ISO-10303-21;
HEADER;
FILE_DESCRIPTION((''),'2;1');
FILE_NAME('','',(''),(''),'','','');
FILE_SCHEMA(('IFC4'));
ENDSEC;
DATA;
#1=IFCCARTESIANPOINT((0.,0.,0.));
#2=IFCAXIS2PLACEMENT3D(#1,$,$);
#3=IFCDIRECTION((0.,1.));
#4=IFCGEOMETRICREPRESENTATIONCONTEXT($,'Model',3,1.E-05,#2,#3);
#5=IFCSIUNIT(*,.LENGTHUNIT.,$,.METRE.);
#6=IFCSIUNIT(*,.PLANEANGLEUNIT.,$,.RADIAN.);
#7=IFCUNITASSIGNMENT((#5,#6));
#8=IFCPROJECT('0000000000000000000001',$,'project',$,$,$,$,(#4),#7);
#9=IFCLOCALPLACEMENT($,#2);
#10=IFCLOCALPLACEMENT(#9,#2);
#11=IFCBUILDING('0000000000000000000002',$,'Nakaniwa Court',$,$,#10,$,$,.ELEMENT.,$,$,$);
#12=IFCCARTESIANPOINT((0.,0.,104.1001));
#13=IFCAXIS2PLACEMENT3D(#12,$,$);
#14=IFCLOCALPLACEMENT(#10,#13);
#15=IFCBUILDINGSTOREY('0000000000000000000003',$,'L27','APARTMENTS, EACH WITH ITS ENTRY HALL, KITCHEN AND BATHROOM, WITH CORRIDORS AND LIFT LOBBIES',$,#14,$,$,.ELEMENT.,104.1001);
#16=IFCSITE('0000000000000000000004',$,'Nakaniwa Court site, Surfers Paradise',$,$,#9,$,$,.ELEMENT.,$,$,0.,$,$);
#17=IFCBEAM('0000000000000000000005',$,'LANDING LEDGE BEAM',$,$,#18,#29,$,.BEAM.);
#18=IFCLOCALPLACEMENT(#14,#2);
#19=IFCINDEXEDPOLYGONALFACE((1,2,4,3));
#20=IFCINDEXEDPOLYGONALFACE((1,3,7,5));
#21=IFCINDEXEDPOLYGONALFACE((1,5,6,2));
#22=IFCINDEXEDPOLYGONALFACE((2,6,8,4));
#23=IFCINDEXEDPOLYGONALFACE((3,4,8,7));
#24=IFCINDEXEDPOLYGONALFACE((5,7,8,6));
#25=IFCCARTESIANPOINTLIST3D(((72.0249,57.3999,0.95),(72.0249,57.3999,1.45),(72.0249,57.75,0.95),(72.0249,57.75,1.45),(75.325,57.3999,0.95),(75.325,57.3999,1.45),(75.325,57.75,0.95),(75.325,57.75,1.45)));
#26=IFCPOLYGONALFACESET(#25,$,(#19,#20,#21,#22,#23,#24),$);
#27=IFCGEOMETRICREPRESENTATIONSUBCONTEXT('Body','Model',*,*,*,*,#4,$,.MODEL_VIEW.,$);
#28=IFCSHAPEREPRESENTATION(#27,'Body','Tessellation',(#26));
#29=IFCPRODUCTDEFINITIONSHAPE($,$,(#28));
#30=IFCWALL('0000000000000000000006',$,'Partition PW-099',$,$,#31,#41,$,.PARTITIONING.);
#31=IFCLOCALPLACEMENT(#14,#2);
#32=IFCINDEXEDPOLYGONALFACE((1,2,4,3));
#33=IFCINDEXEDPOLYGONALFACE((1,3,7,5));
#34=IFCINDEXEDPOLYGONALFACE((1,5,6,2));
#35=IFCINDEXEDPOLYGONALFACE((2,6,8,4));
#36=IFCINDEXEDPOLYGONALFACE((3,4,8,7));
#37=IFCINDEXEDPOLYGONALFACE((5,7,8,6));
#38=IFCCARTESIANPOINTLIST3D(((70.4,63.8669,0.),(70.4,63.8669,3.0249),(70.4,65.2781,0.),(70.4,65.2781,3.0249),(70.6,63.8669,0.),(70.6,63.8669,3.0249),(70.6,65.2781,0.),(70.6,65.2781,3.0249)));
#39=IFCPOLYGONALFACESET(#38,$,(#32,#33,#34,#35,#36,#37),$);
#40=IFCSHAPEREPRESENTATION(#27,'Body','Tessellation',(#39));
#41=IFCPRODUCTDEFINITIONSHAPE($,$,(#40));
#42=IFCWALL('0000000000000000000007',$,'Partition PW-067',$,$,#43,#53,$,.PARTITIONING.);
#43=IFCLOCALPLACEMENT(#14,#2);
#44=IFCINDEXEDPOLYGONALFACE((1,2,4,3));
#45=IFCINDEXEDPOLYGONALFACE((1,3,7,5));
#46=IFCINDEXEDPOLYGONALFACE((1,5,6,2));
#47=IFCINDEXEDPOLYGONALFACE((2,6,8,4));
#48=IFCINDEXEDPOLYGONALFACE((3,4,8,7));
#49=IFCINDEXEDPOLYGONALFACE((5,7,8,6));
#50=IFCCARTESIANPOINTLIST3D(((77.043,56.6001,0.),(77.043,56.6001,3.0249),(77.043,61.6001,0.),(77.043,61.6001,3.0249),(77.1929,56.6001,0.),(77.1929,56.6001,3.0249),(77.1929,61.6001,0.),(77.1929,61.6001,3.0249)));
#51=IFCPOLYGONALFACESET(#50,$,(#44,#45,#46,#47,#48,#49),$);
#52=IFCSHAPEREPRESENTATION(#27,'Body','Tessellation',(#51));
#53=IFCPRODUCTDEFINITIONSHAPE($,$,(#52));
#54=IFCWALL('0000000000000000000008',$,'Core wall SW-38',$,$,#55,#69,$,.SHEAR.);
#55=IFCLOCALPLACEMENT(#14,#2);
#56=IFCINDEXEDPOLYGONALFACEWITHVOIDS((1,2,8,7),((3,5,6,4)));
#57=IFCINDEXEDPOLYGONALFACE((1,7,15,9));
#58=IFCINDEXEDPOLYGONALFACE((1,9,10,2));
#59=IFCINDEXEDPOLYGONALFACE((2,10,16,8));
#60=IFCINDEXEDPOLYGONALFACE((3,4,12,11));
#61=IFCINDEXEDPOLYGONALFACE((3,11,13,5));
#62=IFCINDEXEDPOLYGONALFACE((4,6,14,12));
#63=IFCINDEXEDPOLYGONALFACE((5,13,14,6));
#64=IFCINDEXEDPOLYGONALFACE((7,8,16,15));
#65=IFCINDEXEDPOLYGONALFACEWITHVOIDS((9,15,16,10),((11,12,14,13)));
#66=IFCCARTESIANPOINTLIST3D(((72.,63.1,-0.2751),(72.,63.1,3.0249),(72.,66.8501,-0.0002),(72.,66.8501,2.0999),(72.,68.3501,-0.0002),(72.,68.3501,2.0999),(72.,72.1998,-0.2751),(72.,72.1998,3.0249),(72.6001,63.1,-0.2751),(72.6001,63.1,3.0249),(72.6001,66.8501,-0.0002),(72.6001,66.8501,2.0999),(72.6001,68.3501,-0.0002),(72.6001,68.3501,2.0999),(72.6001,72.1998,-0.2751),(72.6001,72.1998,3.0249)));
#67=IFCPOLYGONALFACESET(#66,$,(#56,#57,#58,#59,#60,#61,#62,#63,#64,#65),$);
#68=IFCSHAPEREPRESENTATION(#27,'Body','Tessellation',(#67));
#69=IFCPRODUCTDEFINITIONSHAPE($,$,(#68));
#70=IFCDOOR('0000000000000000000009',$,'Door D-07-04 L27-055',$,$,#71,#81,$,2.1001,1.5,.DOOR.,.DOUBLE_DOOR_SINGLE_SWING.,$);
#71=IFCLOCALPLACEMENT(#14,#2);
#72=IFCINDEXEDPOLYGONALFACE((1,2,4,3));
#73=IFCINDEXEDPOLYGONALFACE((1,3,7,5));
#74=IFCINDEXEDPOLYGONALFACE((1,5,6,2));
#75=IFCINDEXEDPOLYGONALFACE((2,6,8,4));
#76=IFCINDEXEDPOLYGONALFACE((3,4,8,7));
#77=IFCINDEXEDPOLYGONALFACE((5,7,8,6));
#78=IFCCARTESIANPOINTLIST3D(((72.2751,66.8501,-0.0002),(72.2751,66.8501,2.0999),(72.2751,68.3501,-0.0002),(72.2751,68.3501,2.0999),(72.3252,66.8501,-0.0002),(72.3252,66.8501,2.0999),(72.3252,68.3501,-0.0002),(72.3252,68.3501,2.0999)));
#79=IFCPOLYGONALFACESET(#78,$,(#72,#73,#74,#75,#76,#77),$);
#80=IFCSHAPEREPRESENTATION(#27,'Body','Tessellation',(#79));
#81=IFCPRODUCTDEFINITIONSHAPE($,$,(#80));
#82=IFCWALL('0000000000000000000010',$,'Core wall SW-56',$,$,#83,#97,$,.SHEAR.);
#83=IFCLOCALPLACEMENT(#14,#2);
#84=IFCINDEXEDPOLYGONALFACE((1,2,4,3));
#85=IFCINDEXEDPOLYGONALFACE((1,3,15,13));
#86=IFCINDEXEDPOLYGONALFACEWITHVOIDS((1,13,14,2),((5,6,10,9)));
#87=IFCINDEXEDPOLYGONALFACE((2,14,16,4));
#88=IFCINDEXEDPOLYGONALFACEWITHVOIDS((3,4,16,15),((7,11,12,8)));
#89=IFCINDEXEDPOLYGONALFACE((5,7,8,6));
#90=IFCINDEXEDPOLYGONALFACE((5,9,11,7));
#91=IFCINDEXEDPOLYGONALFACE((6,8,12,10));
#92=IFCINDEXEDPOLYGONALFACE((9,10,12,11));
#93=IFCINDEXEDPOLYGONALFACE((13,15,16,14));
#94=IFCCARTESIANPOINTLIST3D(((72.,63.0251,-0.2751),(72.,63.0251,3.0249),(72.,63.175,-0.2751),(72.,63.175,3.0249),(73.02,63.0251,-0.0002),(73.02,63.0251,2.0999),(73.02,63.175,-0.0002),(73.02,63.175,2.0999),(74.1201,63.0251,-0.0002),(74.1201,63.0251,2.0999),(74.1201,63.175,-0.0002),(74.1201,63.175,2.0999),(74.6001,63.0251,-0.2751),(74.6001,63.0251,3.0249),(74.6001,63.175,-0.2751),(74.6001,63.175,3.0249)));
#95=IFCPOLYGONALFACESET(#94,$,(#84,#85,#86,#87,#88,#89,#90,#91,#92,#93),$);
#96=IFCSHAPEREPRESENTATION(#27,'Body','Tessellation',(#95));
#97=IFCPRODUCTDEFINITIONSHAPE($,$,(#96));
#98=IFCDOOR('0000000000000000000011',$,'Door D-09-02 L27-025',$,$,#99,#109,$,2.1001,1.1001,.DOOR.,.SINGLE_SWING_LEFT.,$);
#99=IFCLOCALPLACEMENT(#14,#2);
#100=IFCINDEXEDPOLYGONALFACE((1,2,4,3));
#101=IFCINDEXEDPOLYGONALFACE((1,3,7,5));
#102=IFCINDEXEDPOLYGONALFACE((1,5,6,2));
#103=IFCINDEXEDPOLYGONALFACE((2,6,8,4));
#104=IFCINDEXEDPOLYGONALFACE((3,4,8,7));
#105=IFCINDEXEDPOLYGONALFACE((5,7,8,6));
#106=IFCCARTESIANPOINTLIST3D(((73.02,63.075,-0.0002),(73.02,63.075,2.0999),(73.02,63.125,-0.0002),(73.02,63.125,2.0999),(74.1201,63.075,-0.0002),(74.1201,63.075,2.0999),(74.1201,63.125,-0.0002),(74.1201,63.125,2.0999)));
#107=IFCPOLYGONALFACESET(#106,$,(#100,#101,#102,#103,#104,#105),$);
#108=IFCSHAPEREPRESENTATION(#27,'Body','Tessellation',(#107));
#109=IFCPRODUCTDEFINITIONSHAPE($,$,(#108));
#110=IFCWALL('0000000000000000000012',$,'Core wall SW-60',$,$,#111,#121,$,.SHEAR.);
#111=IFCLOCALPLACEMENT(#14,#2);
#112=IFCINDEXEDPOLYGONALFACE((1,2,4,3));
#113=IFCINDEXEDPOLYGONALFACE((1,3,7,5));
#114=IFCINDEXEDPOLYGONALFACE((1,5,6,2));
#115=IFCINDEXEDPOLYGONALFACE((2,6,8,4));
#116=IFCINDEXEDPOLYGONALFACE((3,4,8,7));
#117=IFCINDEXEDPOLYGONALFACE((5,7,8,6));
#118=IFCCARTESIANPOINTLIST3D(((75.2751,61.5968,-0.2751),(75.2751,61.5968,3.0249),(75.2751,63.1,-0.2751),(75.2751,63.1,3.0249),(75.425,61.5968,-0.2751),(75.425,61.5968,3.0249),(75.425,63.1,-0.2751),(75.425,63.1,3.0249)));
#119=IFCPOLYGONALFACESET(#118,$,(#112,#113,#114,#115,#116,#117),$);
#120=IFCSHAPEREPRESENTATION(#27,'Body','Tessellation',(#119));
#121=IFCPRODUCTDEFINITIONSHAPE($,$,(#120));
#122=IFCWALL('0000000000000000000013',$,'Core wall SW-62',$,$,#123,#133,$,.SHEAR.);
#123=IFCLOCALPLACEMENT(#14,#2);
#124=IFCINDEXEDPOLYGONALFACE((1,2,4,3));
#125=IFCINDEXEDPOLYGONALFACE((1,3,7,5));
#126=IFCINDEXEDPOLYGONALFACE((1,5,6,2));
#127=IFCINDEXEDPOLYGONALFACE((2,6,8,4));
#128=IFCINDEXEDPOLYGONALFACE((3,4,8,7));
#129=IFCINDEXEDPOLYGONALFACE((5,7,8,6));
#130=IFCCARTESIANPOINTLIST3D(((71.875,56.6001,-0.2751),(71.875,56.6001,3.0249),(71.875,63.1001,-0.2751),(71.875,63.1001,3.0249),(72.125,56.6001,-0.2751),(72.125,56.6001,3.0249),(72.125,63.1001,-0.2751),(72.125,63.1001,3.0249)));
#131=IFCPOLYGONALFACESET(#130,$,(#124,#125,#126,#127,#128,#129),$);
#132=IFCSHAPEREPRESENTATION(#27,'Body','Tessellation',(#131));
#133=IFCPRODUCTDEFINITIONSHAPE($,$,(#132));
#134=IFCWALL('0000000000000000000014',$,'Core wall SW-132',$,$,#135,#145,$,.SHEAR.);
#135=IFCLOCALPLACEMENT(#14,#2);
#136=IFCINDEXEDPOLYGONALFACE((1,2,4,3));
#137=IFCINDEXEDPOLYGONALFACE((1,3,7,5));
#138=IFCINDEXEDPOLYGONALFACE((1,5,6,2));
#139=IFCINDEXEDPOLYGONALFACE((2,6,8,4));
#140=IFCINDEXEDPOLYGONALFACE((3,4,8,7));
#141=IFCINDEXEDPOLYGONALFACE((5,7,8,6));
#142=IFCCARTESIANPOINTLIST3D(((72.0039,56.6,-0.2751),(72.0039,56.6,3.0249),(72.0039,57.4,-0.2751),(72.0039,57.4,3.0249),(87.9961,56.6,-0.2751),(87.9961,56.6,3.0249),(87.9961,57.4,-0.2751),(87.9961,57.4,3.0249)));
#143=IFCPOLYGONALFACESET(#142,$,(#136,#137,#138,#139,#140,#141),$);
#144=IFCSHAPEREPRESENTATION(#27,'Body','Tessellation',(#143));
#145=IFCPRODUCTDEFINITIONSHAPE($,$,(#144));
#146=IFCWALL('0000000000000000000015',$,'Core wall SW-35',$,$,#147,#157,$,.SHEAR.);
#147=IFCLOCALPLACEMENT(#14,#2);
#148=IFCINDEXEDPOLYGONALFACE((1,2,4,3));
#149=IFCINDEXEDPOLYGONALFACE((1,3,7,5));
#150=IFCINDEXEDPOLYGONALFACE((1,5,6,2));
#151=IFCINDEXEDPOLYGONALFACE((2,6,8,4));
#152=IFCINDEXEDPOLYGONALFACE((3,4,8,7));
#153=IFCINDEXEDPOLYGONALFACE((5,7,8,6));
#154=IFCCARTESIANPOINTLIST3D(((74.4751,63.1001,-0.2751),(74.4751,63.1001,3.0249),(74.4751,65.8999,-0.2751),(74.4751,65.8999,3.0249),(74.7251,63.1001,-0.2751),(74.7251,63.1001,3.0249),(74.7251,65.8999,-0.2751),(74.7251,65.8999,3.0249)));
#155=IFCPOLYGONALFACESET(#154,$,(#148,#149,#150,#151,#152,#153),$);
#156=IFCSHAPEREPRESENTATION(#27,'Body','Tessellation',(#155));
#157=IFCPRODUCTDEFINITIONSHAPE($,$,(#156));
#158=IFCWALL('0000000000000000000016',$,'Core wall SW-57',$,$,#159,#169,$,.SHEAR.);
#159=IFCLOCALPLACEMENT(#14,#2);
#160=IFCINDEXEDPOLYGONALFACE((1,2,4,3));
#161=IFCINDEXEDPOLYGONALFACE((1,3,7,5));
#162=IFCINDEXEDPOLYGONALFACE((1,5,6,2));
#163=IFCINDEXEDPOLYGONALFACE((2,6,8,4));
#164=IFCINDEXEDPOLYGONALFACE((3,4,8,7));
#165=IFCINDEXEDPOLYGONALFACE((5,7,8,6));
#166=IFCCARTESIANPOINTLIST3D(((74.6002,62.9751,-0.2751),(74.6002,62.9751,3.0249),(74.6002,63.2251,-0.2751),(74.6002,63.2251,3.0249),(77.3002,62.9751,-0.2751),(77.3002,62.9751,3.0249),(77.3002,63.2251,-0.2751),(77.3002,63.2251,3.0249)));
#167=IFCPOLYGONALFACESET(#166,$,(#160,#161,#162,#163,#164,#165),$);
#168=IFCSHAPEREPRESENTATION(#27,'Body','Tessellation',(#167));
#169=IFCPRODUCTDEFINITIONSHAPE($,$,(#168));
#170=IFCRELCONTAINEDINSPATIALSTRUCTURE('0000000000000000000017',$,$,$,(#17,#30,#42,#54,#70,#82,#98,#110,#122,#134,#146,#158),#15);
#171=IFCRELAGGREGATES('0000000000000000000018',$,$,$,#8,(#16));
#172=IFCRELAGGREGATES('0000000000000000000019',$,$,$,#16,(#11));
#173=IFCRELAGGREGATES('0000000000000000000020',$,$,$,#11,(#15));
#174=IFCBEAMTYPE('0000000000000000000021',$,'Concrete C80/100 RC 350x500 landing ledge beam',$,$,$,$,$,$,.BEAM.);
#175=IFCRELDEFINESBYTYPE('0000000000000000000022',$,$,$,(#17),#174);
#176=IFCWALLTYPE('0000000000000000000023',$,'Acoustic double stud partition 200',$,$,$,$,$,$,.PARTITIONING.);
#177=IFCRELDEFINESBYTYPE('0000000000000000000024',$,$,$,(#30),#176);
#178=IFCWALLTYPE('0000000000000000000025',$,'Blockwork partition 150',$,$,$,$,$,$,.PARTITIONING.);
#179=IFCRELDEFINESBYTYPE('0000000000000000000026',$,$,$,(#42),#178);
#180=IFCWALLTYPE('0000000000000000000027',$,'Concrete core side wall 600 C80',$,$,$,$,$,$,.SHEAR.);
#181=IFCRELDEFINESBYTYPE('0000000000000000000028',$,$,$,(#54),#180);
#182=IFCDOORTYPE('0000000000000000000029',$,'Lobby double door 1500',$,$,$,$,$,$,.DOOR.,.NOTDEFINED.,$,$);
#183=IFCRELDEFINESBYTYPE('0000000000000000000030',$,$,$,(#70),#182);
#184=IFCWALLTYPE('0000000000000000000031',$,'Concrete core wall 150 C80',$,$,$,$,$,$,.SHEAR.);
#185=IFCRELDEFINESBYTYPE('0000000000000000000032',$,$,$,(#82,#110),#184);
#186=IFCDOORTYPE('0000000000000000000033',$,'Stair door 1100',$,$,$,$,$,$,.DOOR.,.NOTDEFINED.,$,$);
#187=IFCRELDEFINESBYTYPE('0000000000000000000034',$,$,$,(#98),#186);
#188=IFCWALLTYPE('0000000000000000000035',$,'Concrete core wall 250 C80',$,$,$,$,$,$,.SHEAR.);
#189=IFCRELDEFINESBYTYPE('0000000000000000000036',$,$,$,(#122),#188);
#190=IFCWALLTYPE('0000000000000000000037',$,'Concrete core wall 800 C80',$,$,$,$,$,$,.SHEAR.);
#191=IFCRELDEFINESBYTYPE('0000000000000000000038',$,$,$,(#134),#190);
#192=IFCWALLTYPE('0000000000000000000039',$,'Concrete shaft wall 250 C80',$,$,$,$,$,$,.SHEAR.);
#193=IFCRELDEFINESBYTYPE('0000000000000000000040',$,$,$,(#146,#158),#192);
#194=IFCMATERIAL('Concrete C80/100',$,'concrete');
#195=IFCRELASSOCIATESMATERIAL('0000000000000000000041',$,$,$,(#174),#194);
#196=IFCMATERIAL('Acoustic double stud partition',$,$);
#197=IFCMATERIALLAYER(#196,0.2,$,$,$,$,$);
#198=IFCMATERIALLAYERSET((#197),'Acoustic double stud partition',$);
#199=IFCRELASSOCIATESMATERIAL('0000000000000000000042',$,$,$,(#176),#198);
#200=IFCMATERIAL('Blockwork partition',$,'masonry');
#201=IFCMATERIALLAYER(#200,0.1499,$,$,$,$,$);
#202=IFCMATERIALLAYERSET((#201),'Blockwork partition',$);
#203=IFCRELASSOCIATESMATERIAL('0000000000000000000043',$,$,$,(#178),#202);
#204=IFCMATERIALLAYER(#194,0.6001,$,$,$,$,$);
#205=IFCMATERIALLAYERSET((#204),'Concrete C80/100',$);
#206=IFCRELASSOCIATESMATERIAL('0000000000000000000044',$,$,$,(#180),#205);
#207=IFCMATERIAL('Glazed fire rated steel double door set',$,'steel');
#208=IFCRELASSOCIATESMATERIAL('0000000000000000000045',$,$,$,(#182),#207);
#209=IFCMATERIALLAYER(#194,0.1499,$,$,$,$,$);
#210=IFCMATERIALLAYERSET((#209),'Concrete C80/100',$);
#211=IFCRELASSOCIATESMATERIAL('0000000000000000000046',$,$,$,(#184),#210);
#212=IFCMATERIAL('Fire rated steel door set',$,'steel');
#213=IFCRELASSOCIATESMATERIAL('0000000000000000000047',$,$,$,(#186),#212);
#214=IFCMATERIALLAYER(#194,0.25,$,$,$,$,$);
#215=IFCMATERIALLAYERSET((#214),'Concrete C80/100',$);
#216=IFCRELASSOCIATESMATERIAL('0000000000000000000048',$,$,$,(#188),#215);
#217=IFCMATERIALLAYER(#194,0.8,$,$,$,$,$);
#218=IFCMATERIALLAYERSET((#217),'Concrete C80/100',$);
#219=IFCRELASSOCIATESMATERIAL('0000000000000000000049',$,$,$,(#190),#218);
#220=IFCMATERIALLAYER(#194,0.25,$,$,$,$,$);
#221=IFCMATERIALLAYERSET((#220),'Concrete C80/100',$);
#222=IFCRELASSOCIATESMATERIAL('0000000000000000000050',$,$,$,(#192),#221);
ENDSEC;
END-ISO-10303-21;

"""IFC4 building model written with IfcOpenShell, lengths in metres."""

from ifc_helpers import new_model, si_unit, direction, frame, frame_2d, origin, origin_2d, place, context, subcontext, project, spatial, rectangle, extrude, material, layer, layer_set, material_profile, profile_set, type_object, element, fill, save


model = new_model("IFC4")

# Units and contexts
model_context = context("Model", 3, precision=1e-05, world=origin(), true_north=direction((0.0, 1.0)))
body_context = subcontext(model_context, "Body", "Model", "MODEL_VIEW")
ifc_project = project(units=[si_unit("LENGTHUNIT", "METRE"), si_unit("PLANEANGLEUNIT", "RADIAN")], contexts=[model_context])

# Site, building, storey
site_placement = place(None, origin())
site = spatial("IfcSite", under=ifc_project, at=site_placement, Name="Nakaniwa Court site, Surfers Paradise", CompositionType="ELEMENT", RefElevation=0.0)
building_placement = place(site_placement, origin())
building = spatial("IfcBuilding", under=site, at=building_placement, Name="Nakaniwa Court", CompositionType="ELEMENT")
storey_placement = place(building_placement, frame((0.0, 0.0, 104.1001)))
storey = spatial("IfcBuildingStorey", under=building, at=storey_placement, Name="L27", Description="APARTMENTS, EACH WITH ITS ENTRY HALL, KITCHEN AND BATHROOM, WITH CORRIDORS AND LIFT LOBBIES", CompositionType="ELEMENT", Elevation=104.1001)

# Beam
ifc_material_1 = material(Name="Concrete C80/100", Category="concrete")
ifc_material_profile = material_profile(ifc_material_1, rectangle(XDim=0.3501, YDim=0.5, at=origin_2d()), Name="Concrete C80/100 RC 350x500 landing ledge beam")
ifc_profile_set = profile_set([ifc_material_profile], Name="Concrete C80/100")
beam_type = type_object("IfcBeamType", Name="Concrete C80/100 RC 350x500 landing ledge beam", PredefinedType="BEAM", material=ifc_profile_set)
beam_placement = place(storey_placement, frame((72.0249, 57.575, 1.2), z_axis=(1.0, 0.0, 0.0), x_axis=(0.0, 1.0, 0.0)))
element("IfcBeam", 1, at=beam_placement, inside=storey, type_object=beam_type, Name="LANDING LEDGE BEAM", PredefinedType="BEAM", context=body_context, shape_type="SweptSolid", body=[
    extrude(rectangle(XDim=0.3501, YDim=0.5, at=origin_2d()), origin(), (0.0, 0.0, 1.0), 3.3),
])

# Walls
ifc_material_2 = material(Name="Acoustic double stud partition")
ifc_layer_1 = layer(ifc_material_2, 0.2)
ifc_layer_set_1 = layer_set([ifc_layer_1], Name="Acoustic double stud partition")
wall_type_1 = type_object("IfcWallType", Name="Acoustic double stud partition 200", PredefinedType="PARTITIONING", material=ifc_layer_set_1)
wall_1_placement = place(storey_placement, frame((70.5, 63.8669, 0.0), z_axis=(0.0, 0.0, 1.0), x_axis=(0.0, 1.0, 0.0)))
element("IfcWall", 2, at=wall_1_placement, inside=storey, type_object=wall_type_1, Name="Partition PW-099", PredefinedType="PARTITIONING", context=body_context, shape_type="SweptSolid", body=[
    extrude(rectangle(XDim=1.4111, YDim=0.2, at=frame_2d((0.7056, 0.0))), origin(), (0.0, 0.0, 1.0), 3.0249),
])
ifc_material_3 = material(Name="Blockwork partition", Category="masonry")
ifc_layer_2 = layer(ifc_material_3, 0.1499)
ifc_layer_set_2 = layer_set([ifc_layer_2], Name="Blockwork partition")
wall_type_2 = type_object("IfcWallType", Name="Blockwork partition 150", PredefinedType="PARTITIONING", material=ifc_layer_set_2)
wall_2_placement = place(storey_placement, frame((77.1179, 56.6001, 0.0), z_axis=(0.0, 0.0, 1.0), x_axis=(0.0, 1.0, 0.0)))
element("IfcWall", 3, at=wall_2_placement, inside=storey, type_object=wall_type_2, Name="Partition PW-067", PredefinedType="PARTITIONING", context=body_context, shape_type="SweptSolid", body=[
    extrude(rectangle(XDim=5.0, YDim=0.1499, at=frame_2d((2.5, 0.0))), origin(), (0.0, 0.0, 1.0), 3.0249),
])

# Walls, openings, doors
ifc_layer_3 = layer(ifc_material_1, 0.6001)
ifc_layer_set_3 = layer_set([ifc_layer_3], Name="Concrete C80/100")
wall_type_3 = type_object("IfcWallType", Name="Concrete core side wall 600 C80", PredefinedType="SHEAR", material=ifc_layer_set_3)
wall_3_placement = place(storey_placement, frame((72.3, 63.1001, -0.2751), z_axis=(0.0, 0.0, 1.0), x_axis=(0.0, 1.0, 0.0)))
wall_3 = element("IfcWall", 4, at=wall_3_placement, inside=storey, type_object=wall_type_3, Name="Core wall SW-38", PredefinedType="SHEAR", context=body_context, shape_type="SweptSolid", body=[
    extrude(rectangle(XDim=9.0999, YDim=0.6001, at=frame_2d((4.5498, 0.0))), origin(), (0.0, 0.0, 1.0), 3.3),
])
opening_1_placement = place(wall_3_placement, frame((3.75, 0.0, 0.2749)))
opening_1 = element("IfcOpeningElement", 5, at=opening_1_placement, cuts=wall_3, PredefinedType="OPENING", context=body_context, shape_type="SweptSolid", body=[
    extrude(rectangle(XDim=1.5, YDim=2.1001, at=frame_2d((0.75, 1.05))), frame((0.0, 0.3101, 0.0), z_axis=(0.0, -1.0, 0.0), x_axis=(1.0, 0.0, 0.0)), (0.0, 0.0, 1.0), 0.6201),
])
ifc_material_4 = material(Name="Glazed fire rated steel double door set", Category="steel")
door_type_1 = type_object("IfcDoorType", Name="Lobby double door 1500", OperationType="NOTDEFINED", PredefinedType="DOOR", material=ifc_material_4)
door_1_placement = place(opening_1_placement, origin())
door_1 = element("IfcDoor", 6, at=door_1_placement, inside=storey, type_object=door_type_1, Name="Door D-07-04 L27-055", OperationType="DOUBLE_DOOR_SINGLE_SWING", OverallHeight=2.1001, OverallWidth=1.5, PredefinedType="DOOR", context=body_context, shape_type="SweptSolid", body=[
    extrude(rectangle(XDim=1.5, YDim=2.1001, at=frame_2d((0.75, 1.05))), frame((0.0, 0.0249, 0.0), z_axis=(0.0, -1.0, 0.0), x_axis=(1.0, 0.0, 0.0)), (0.0, 0.0, 1.0), 0.05),
])
fill(opening_1, door_1)
ifc_layer_4 = layer(ifc_material_1, 0.1499)
ifc_layer_set_4 = layer_set([ifc_layer_4], Name="Concrete C80/100")
wall_type_4 = type_object("IfcWallType", Name="Concrete core wall 150 C80", PredefinedType="SHEAR", material=ifc_layer_set_4)
wall_4_placement = place(storey_placement, frame((72.0, 63.1001, -0.2751), z_axis=(0.0, 0.0, 1.0), x_axis=(1.0, 0.0, 0.0)))
wall_4 = element("IfcWall", 7, at=wall_4_placement, inside=storey, type_object=wall_type_4, Name="Core wall SW-56", PredefinedType="SHEAR", context=body_context, shape_type="SweptSolid", body=[
    extrude(rectangle(XDim=2.6001, YDim=0.1499, at=frame_2d((1.3, 0.0))), origin(), (0.0, 0.0, 1.0), 3.3),
])
opening_2_placement = place(wall_4_placement, frame((1.02, 0.0, 0.2749)))
opening_2 = element("IfcOpeningElement", 8, at=opening_2_placement, cuts=wall_4, PredefinedType="OPENING", context=body_context, shape_type="SweptSolid", body=[
    extrude(rectangle(XDim=1.1001, YDim=2.1001, at=frame_2d((0.55, 1.05))), frame((0.0, 0.085, 0.0), z_axis=(0.0, -1.0, 0.0), x_axis=(1.0, 0.0, 0.0)), (0.0, 0.0, 1.0), 0.1699),
])
ifc_material_5 = material(Name="Fire rated steel door set", Category="steel")
door_type_2 = type_object("IfcDoorType", Name="Stair door 1100", OperationType="NOTDEFINED", PredefinedType="DOOR", material=ifc_material_5)
door_2_placement = place(opening_2_placement, origin())
door_2 = element("IfcDoor", 9, at=door_2_placement, inside=storey, type_object=door_type_2, Name="Door D-09-02 L27-025", OperationType="SINGLE_SWING_LEFT", OverallHeight=2.1001, OverallWidth=1.1001, PredefinedType="DOOR", context=body_context, shape_type="SweptSolid", body=[
    extrude(rectangle(XDim=1.1001, YDim=2.1001, at=frame_2d((0.55, 1.05))), frame((0.0, 0.0249, 0.0), z_axis=(0.0, -1.0, 0.0), x_axis=(1.0, 0.0, 0.0)), (0.0, 0.0, 1.0), 0.05),
])
fill(opening_2, door_2)

# Walls
wall_5_placement = place(storey_placement, frame((75.3501, 61.5969, -0.2751), z_axis=(0.0, 0.0, 1.0), x_axis=(0.0, 1.0, 0.0)))
element("IfcWall", 10, at=wall_5_placement, inside=storey, type_object=wall_type_4, Name="Core wall SW-60", PredefinedType="SHEAR", context=body_context, shape_type="SweptSolid", body=[
    extrude(rectangle(XDim=1.5032, YDim=0.1499, at=frame_2d((0.7515, 0.0))), origin(), (0.0, 0.0, 1.0), 3.3),
])
ifc_layer_5 = layer(ifc_material_1, 0.25)
ifc_layer_set_5 = layer_set([ifc_layer_5], Name="Concrete C80/100")
wall_type_5 = type_object("IfcWallType", Name="Concrete core wall 250 C80", PredefinedType="SHEAR", material=ifc_layer_set_5)
wall_6_placement = place(storey_placement, frame((72.0, 56.6001, -0.2751), z_axis=(0.0, 0.0, 1.0), x_axis=(0.0, 1.0, 0.0)))
element("IfcWall", 11, at=wall_6_placement, inside=storey, type_object=wall_type_5, Name="Core wall SW-62", PredefinedType="SHEAR", context=body_context, shape_type="SweptSolid", body=[
    extrude(rectangle(XDim=6.5, YDim=0.25, at=frame_2d((3.25, 0.0))), origin(), (0.0, 0.0, 1.0), 3.3),
])
ifc_layer_6 = layer(ifc_material_1, 0.8)
ifc_layer_set_6 = layer_set([ifc_layer_6], Name="Concrete C80/100")
wall_type_6 = type_object("IfcWallType", Name="Concrete core wall 800 C80", PredefinedType="SHEAR", material=ifc_layer_set_6)
wall_7_placement = place(storey_placement, frame((72.0039, 57.0, -0.2751), z_axis=(0.0, 0.0, 1.0), x_axis=(1.0, 0.0, 0.0)))
element("IfcWall", 12, at=wall_7_placement, inside=storey, type_object=wall_type_6, Name="Core wall SW-132", PredefinedType="SHEAR", context=body_context, shape_type="SweptSolid", body=[
    extrude(rectangle(XDim=15.9922, YDim=0.8, at=frame_2d((7.9961, 0.0))), origin(), (0.0, 0.0, 1.0), 3.3),
])
ifc_layer_7 = layer(ifc_material_1, 0.25)
ifc_layer_set_7 = layer_set([ifc_layer_7], Name="Concrete C80/100")
wall_type_7 = type_object("IfcWallType", Name="Concrete shaft wall 250 C80", PredefinedType="SHEAR", material=ifc_layer_set_7)
wall_8_placement = place(storey_placement, frame((74.6001, 63.1001, -0.2751), z_axis=(0.0, 0.0, 1.0), x_axis=(0.0, 1.0, 0.0)))
element("IfcWall", 13, at=wall_8_placement, inside=storey, type_object=wall_type_7, Name="Core wall SW-35", PredefinedType="SHEAR", context=body_context, shape_type="SweptSolid", body=[
    extrude(rectangle(XDim=2.7998, YDim=0.25, at=frame_2d((1.3999, 0.0))), origin(), (0.0, 0.0, 1.0), 3.3),
])
wall_9_placement = place(storey_placement, frame((74.6001, 63.1001, -0.2751), z_axis=(0.0, 0.0, 1.0), x_axis=(1.0, 0.0, 0.0)))
element("IfcWall", 14, at=wall_9_placement, inside=storey, type_object=wall_type_7, Name="Core wall SW-57", PredefinedType="SHEAR", context=body_context, shape_type="SweptSolid", body=[
    extrude(rectangle(XDim=2.7, YDim=0.25, at=frame_2d((1.3501, 0.0))), origin(), (0.0, 0.0, 1.0), 3.3),
])

save(model, "model.ifc")
